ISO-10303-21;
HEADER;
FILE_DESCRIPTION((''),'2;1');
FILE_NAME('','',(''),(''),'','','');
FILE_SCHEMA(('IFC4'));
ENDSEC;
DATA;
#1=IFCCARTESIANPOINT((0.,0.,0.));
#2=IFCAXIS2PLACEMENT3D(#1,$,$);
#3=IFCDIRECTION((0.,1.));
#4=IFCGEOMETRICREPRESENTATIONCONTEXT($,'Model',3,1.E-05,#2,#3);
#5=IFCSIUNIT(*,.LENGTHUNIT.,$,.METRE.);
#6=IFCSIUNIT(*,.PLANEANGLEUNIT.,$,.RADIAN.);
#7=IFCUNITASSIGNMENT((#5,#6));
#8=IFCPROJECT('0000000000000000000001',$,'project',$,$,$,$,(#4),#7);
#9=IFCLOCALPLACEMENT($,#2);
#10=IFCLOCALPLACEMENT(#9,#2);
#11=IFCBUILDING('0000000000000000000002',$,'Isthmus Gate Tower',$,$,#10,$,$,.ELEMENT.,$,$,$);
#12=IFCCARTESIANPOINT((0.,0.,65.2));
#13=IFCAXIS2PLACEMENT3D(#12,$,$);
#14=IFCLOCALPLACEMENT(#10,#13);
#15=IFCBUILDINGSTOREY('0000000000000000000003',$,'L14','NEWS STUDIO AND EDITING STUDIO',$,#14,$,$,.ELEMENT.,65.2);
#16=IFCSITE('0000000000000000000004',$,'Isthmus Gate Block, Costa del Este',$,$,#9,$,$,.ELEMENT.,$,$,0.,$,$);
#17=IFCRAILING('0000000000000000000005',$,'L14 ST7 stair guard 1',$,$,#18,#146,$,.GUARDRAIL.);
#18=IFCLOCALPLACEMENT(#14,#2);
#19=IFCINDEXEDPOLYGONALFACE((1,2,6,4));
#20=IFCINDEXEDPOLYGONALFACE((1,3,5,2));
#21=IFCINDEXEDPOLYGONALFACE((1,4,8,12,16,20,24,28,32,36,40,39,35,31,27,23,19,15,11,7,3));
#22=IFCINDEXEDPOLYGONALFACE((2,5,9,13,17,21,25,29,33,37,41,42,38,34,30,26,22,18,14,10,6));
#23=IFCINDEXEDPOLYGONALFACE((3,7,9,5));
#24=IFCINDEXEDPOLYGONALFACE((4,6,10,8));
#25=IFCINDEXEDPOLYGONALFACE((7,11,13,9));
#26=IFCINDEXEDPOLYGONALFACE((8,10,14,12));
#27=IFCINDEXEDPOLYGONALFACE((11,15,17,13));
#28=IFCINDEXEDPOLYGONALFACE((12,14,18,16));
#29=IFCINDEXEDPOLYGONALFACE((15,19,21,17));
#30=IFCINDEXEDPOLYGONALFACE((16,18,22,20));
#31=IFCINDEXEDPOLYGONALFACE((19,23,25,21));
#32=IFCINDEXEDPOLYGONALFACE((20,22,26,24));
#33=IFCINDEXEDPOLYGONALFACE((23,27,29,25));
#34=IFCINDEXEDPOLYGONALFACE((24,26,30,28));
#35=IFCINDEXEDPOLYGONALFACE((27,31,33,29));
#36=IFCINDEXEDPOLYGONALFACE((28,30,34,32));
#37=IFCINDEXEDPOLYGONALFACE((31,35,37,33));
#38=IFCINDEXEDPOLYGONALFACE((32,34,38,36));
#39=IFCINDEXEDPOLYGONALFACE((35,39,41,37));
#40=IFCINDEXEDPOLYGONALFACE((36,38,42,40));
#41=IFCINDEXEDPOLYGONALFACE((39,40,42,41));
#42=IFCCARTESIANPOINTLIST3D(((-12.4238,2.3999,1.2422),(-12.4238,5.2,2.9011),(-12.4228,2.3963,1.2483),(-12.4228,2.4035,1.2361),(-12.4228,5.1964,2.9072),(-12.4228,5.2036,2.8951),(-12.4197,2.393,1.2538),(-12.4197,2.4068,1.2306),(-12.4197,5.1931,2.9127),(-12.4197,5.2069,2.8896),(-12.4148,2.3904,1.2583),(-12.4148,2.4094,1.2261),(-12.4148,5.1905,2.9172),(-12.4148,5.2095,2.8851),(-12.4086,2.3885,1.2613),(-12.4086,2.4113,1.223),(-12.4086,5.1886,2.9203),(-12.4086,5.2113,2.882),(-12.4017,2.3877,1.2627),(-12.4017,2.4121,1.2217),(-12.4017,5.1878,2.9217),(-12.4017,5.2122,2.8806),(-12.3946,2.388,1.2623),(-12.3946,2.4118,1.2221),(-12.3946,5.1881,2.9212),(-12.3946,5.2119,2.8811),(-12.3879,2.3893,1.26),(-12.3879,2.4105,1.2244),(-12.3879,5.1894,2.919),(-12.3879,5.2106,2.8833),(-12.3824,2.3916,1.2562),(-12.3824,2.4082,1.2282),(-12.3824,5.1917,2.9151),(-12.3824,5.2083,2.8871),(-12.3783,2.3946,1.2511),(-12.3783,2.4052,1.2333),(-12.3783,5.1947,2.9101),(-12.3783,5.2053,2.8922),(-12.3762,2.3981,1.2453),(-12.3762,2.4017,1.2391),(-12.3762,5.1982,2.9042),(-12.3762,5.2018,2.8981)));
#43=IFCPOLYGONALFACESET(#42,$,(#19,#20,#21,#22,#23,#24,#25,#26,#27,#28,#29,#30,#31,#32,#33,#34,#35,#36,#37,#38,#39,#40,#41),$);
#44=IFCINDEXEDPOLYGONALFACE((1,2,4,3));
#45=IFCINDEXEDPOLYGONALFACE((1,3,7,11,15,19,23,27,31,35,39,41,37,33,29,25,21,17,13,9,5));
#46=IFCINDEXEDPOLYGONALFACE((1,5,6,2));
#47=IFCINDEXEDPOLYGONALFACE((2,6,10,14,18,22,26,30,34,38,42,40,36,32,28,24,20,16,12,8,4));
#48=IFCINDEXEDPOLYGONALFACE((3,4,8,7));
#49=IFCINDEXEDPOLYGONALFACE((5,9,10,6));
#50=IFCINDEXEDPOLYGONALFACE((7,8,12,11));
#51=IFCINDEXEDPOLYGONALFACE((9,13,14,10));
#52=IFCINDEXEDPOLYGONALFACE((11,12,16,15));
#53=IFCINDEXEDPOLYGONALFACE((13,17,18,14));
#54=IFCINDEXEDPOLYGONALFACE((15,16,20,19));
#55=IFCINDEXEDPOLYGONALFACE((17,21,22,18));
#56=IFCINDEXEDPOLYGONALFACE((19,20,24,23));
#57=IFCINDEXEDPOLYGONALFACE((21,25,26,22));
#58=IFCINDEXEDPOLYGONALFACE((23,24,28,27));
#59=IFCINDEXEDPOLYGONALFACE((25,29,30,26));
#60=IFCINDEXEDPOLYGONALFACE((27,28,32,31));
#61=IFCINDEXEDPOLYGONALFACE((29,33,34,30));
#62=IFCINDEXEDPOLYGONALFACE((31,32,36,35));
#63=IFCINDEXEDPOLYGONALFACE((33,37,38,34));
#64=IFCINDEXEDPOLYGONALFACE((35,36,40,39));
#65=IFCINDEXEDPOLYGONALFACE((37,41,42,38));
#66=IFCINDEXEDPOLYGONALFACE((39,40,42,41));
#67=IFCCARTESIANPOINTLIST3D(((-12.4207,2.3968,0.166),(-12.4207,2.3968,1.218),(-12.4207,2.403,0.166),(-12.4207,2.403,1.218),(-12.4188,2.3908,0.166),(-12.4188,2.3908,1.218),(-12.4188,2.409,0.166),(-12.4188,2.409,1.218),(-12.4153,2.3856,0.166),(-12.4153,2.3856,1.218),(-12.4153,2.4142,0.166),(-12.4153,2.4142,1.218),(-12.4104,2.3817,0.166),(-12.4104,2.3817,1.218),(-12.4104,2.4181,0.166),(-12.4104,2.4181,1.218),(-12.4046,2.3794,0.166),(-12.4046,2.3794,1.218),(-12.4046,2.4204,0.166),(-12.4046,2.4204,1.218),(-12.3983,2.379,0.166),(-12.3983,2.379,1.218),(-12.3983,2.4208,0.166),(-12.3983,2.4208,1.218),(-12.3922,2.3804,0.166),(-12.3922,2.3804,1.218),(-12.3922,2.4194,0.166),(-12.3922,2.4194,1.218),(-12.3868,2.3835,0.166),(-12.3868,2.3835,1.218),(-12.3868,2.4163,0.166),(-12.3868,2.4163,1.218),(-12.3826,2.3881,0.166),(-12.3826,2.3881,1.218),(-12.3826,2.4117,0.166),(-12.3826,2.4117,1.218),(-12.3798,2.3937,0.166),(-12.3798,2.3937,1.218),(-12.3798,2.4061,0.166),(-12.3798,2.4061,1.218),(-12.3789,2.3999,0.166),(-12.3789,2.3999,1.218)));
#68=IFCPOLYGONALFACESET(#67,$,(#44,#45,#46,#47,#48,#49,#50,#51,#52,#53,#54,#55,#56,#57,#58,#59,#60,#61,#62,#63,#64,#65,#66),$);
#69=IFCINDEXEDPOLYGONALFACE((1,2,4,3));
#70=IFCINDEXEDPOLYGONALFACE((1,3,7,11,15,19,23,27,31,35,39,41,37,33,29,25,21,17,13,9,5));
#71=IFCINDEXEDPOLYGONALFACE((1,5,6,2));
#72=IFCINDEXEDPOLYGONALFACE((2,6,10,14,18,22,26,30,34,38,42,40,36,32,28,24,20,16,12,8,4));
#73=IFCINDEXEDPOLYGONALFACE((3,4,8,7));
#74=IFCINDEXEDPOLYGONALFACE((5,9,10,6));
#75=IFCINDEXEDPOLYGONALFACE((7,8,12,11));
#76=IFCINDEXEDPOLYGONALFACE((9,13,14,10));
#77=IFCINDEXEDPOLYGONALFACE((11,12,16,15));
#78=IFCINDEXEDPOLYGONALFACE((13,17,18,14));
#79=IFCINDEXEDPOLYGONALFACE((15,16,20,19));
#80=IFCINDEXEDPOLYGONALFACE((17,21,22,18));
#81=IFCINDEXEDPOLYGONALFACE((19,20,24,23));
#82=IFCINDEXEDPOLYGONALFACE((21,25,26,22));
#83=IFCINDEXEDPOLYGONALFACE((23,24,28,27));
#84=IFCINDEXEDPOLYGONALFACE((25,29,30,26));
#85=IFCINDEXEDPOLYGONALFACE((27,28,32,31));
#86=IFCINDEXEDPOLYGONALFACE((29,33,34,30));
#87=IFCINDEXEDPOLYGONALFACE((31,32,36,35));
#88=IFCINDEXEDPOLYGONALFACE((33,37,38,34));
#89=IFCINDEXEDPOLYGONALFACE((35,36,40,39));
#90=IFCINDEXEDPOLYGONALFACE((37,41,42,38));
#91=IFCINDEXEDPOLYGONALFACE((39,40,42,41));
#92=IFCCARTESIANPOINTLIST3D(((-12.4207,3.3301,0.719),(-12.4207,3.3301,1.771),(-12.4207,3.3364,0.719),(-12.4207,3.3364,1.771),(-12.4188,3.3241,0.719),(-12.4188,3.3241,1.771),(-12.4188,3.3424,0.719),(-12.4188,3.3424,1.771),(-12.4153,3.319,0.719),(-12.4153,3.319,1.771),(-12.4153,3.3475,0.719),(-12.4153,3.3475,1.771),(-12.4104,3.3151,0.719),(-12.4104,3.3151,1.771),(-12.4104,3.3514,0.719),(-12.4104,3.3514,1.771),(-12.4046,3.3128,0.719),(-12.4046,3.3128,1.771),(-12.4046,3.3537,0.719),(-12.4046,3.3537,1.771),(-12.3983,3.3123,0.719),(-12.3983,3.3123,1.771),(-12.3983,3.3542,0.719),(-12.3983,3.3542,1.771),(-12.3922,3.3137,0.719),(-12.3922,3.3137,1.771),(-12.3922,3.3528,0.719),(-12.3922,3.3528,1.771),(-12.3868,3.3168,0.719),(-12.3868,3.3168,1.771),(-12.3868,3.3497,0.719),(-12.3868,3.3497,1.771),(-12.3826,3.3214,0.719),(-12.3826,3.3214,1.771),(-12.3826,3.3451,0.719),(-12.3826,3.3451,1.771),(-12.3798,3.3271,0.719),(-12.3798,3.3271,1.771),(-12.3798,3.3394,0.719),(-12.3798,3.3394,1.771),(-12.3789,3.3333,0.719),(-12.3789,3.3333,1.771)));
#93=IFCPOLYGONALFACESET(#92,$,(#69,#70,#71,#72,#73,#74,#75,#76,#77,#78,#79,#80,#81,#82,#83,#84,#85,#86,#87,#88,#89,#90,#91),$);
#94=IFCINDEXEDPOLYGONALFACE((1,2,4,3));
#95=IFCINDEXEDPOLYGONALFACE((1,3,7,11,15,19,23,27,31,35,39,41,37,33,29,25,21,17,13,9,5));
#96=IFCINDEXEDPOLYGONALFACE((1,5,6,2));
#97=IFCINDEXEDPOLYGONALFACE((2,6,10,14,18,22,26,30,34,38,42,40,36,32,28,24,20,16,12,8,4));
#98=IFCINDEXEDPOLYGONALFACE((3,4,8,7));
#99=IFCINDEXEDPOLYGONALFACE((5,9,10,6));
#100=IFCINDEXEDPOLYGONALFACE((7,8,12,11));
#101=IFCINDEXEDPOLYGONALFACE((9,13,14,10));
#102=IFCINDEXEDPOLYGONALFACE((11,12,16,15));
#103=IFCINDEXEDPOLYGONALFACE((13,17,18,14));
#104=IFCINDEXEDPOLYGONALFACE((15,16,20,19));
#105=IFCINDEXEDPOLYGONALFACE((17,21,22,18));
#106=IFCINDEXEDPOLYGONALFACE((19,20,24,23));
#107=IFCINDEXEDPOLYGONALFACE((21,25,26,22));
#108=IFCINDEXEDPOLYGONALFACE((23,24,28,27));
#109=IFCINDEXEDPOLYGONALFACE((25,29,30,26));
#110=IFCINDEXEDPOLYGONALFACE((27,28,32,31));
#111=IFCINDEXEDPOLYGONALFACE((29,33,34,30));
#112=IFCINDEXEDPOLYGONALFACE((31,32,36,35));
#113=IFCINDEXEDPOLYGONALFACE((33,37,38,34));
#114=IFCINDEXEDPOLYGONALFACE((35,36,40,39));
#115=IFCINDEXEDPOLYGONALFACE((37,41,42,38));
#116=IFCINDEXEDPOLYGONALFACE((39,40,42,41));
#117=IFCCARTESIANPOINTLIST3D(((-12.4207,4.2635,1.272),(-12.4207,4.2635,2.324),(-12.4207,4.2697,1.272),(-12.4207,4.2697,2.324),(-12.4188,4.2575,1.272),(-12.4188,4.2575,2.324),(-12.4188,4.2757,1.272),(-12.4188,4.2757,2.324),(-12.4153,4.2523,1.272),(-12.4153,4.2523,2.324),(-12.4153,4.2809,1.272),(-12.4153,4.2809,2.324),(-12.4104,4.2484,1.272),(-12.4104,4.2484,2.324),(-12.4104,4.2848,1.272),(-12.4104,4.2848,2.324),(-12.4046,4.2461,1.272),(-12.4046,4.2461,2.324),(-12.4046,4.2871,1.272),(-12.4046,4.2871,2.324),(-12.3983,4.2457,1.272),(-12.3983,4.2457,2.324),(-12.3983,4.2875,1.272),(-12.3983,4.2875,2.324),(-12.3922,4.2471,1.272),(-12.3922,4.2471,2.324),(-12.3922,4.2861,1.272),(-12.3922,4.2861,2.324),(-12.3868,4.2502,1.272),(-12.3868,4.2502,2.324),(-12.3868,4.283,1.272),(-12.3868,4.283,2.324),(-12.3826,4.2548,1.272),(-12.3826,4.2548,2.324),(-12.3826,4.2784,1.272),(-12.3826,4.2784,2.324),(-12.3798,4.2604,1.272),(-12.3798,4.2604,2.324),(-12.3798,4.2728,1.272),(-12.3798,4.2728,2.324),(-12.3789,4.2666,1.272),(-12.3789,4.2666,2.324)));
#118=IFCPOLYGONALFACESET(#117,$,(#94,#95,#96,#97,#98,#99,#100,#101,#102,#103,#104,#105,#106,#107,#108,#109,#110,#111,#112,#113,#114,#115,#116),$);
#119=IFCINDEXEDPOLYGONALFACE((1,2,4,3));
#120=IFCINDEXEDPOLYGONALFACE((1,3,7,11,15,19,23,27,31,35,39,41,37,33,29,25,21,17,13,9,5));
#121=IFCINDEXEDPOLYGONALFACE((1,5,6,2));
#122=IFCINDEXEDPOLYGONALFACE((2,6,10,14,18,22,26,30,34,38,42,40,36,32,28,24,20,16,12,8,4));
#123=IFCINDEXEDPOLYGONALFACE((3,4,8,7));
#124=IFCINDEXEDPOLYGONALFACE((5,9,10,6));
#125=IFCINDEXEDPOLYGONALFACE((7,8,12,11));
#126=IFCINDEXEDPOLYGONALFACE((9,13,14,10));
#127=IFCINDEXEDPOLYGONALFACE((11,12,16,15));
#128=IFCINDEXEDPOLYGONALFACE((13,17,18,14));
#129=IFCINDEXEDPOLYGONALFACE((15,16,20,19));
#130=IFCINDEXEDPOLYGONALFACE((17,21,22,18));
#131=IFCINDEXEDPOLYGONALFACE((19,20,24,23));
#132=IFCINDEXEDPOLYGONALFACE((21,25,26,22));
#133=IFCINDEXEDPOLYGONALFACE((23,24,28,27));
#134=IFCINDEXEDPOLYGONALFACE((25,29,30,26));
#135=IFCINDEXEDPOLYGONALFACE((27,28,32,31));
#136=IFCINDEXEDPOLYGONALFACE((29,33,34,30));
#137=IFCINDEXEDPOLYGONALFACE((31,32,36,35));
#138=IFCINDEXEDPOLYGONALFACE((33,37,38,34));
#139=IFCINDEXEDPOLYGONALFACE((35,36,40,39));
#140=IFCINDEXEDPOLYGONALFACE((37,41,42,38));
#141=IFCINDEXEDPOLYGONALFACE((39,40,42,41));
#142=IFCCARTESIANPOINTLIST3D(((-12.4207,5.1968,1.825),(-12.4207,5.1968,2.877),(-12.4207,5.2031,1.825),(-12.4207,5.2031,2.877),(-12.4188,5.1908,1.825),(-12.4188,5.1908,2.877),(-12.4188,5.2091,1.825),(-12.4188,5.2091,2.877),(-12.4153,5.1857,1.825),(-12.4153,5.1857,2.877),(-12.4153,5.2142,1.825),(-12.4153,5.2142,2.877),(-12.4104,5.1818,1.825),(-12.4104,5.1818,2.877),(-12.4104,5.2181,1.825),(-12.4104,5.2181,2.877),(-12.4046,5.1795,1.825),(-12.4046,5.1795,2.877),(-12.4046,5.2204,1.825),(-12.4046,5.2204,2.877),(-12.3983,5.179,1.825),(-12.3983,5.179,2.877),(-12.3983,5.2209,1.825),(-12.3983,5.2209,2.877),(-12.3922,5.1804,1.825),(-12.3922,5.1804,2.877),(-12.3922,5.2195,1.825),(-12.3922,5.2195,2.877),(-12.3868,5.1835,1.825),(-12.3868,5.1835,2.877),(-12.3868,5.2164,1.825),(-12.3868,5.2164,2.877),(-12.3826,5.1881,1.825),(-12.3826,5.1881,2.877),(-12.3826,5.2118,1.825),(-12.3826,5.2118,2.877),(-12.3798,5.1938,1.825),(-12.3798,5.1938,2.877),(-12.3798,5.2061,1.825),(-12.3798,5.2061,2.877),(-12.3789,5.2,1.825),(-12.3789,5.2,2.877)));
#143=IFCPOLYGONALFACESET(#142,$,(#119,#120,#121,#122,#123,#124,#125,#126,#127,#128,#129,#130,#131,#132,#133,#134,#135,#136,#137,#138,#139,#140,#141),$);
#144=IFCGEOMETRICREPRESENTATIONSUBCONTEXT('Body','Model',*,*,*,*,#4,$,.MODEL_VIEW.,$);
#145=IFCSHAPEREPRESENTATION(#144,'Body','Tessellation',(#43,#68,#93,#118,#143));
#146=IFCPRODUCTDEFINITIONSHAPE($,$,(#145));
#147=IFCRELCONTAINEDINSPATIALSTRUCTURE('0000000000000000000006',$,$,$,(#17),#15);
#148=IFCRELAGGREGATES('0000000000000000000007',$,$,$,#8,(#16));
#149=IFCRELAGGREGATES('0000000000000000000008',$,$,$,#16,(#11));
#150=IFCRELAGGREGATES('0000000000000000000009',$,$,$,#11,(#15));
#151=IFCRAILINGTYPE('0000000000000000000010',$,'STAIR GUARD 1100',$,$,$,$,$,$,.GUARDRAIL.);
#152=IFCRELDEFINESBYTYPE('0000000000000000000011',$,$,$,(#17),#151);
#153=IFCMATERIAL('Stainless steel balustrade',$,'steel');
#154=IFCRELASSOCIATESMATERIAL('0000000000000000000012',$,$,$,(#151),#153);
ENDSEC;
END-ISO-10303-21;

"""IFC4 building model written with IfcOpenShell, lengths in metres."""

from ifc_helpers import new_model, si_unit, direction, frame, origin, origin_2d, place, context, subcontext, project, spatial, circle, extrude, material, type_object, element, save


model = new_model("IFC4")

# Units and contexts
model_context = context("Model", 3, precision=1e-05, world=origin(), true_north=direction((0.0, 1.0)))
body_context = subcontext(model_context, "Body", "Model", "MODEL_VIEW")
ifc_project = project(units=[si_unit("LENGTHUNIT", "METRE"), si_unit("PLANEANGLEUNIT", "RADIAN")], contexts=[model_context])

# Site, building, storey
site_placement = place(None, origin())
site = spatial("IfcSite", under=ifc_project, at=site_placement, Name="Isthmus Gate Block, Costa del Este", CompositionType="ELEMENT", RefElevation=0.0)
building_placement = place(site_placement, origin())
building = spatial("IfcBuilding", under=site, at=building_placement, Name="Isthmus Gate Tower", CompositionType="ELEMENT")
storey_placement = place(building_placement, frame((0.0, 0.0, 65.2)))
storey = spatial("IfcBuildingStorey", under=building, at=storey_placement, Name="L14", Description="NEWS STUDIO AND EDITING STUDIO", CompositionType="ELEMENT", Elevation=65.2)

# Railing
ifc_material_1 = material(Name="Stainless steel balustrade", Category="steel")
railing_type_1 = type_object("IfcRailingType", Name="STAIR GUARD 1100", PredefinedType="GUARDRAIL", material=ifc_material_1)
railing_1_placement = place(storey_placement, frame((-12.3999, 2.3999, 0.166)))
element("IfcRailing", 1, at=railing_1_placement, inside=storey, type_object=railing_type_1, Name="L14 ST7 stair guard 1", PredefinedType="GUARDRAIL", context=body_context, shape_type="SweptSolid", body=[
    extrude(circle(Radius=0.0239, at=origin_2d()), frame((0.0, 0.0, 1.0762), z_axis=(0.0, 0.860339, 0.509722), x_axis=(-1.0, 0.0, 0.0)), (0.0, 0.0, 1.0), 3.2546),
    extrude(circle(Radius=0.021, at=origin_2d()), origin(), (0.0, 0.0, 1.0), 1.052),
    extrude(circle(Radius=0.021, at=origin_2d()), frame((0.0, 0.9333, 0.553)), (0.0, 0.0, 1.0), 1.052),
    extrude(circle(Radius=0.021, at=origin_2d()), frame((0.0, 1.8667, 1.106)), (0.0, 0.0, 1.0), 1.052),
    extrude(circle(Radius=0.021, at=origin_2d()), frame((0.0, 2.8, 1.6589)), (0.0, 0.0, 1.0), 1.052),
])

save(model, "model.ifc")
